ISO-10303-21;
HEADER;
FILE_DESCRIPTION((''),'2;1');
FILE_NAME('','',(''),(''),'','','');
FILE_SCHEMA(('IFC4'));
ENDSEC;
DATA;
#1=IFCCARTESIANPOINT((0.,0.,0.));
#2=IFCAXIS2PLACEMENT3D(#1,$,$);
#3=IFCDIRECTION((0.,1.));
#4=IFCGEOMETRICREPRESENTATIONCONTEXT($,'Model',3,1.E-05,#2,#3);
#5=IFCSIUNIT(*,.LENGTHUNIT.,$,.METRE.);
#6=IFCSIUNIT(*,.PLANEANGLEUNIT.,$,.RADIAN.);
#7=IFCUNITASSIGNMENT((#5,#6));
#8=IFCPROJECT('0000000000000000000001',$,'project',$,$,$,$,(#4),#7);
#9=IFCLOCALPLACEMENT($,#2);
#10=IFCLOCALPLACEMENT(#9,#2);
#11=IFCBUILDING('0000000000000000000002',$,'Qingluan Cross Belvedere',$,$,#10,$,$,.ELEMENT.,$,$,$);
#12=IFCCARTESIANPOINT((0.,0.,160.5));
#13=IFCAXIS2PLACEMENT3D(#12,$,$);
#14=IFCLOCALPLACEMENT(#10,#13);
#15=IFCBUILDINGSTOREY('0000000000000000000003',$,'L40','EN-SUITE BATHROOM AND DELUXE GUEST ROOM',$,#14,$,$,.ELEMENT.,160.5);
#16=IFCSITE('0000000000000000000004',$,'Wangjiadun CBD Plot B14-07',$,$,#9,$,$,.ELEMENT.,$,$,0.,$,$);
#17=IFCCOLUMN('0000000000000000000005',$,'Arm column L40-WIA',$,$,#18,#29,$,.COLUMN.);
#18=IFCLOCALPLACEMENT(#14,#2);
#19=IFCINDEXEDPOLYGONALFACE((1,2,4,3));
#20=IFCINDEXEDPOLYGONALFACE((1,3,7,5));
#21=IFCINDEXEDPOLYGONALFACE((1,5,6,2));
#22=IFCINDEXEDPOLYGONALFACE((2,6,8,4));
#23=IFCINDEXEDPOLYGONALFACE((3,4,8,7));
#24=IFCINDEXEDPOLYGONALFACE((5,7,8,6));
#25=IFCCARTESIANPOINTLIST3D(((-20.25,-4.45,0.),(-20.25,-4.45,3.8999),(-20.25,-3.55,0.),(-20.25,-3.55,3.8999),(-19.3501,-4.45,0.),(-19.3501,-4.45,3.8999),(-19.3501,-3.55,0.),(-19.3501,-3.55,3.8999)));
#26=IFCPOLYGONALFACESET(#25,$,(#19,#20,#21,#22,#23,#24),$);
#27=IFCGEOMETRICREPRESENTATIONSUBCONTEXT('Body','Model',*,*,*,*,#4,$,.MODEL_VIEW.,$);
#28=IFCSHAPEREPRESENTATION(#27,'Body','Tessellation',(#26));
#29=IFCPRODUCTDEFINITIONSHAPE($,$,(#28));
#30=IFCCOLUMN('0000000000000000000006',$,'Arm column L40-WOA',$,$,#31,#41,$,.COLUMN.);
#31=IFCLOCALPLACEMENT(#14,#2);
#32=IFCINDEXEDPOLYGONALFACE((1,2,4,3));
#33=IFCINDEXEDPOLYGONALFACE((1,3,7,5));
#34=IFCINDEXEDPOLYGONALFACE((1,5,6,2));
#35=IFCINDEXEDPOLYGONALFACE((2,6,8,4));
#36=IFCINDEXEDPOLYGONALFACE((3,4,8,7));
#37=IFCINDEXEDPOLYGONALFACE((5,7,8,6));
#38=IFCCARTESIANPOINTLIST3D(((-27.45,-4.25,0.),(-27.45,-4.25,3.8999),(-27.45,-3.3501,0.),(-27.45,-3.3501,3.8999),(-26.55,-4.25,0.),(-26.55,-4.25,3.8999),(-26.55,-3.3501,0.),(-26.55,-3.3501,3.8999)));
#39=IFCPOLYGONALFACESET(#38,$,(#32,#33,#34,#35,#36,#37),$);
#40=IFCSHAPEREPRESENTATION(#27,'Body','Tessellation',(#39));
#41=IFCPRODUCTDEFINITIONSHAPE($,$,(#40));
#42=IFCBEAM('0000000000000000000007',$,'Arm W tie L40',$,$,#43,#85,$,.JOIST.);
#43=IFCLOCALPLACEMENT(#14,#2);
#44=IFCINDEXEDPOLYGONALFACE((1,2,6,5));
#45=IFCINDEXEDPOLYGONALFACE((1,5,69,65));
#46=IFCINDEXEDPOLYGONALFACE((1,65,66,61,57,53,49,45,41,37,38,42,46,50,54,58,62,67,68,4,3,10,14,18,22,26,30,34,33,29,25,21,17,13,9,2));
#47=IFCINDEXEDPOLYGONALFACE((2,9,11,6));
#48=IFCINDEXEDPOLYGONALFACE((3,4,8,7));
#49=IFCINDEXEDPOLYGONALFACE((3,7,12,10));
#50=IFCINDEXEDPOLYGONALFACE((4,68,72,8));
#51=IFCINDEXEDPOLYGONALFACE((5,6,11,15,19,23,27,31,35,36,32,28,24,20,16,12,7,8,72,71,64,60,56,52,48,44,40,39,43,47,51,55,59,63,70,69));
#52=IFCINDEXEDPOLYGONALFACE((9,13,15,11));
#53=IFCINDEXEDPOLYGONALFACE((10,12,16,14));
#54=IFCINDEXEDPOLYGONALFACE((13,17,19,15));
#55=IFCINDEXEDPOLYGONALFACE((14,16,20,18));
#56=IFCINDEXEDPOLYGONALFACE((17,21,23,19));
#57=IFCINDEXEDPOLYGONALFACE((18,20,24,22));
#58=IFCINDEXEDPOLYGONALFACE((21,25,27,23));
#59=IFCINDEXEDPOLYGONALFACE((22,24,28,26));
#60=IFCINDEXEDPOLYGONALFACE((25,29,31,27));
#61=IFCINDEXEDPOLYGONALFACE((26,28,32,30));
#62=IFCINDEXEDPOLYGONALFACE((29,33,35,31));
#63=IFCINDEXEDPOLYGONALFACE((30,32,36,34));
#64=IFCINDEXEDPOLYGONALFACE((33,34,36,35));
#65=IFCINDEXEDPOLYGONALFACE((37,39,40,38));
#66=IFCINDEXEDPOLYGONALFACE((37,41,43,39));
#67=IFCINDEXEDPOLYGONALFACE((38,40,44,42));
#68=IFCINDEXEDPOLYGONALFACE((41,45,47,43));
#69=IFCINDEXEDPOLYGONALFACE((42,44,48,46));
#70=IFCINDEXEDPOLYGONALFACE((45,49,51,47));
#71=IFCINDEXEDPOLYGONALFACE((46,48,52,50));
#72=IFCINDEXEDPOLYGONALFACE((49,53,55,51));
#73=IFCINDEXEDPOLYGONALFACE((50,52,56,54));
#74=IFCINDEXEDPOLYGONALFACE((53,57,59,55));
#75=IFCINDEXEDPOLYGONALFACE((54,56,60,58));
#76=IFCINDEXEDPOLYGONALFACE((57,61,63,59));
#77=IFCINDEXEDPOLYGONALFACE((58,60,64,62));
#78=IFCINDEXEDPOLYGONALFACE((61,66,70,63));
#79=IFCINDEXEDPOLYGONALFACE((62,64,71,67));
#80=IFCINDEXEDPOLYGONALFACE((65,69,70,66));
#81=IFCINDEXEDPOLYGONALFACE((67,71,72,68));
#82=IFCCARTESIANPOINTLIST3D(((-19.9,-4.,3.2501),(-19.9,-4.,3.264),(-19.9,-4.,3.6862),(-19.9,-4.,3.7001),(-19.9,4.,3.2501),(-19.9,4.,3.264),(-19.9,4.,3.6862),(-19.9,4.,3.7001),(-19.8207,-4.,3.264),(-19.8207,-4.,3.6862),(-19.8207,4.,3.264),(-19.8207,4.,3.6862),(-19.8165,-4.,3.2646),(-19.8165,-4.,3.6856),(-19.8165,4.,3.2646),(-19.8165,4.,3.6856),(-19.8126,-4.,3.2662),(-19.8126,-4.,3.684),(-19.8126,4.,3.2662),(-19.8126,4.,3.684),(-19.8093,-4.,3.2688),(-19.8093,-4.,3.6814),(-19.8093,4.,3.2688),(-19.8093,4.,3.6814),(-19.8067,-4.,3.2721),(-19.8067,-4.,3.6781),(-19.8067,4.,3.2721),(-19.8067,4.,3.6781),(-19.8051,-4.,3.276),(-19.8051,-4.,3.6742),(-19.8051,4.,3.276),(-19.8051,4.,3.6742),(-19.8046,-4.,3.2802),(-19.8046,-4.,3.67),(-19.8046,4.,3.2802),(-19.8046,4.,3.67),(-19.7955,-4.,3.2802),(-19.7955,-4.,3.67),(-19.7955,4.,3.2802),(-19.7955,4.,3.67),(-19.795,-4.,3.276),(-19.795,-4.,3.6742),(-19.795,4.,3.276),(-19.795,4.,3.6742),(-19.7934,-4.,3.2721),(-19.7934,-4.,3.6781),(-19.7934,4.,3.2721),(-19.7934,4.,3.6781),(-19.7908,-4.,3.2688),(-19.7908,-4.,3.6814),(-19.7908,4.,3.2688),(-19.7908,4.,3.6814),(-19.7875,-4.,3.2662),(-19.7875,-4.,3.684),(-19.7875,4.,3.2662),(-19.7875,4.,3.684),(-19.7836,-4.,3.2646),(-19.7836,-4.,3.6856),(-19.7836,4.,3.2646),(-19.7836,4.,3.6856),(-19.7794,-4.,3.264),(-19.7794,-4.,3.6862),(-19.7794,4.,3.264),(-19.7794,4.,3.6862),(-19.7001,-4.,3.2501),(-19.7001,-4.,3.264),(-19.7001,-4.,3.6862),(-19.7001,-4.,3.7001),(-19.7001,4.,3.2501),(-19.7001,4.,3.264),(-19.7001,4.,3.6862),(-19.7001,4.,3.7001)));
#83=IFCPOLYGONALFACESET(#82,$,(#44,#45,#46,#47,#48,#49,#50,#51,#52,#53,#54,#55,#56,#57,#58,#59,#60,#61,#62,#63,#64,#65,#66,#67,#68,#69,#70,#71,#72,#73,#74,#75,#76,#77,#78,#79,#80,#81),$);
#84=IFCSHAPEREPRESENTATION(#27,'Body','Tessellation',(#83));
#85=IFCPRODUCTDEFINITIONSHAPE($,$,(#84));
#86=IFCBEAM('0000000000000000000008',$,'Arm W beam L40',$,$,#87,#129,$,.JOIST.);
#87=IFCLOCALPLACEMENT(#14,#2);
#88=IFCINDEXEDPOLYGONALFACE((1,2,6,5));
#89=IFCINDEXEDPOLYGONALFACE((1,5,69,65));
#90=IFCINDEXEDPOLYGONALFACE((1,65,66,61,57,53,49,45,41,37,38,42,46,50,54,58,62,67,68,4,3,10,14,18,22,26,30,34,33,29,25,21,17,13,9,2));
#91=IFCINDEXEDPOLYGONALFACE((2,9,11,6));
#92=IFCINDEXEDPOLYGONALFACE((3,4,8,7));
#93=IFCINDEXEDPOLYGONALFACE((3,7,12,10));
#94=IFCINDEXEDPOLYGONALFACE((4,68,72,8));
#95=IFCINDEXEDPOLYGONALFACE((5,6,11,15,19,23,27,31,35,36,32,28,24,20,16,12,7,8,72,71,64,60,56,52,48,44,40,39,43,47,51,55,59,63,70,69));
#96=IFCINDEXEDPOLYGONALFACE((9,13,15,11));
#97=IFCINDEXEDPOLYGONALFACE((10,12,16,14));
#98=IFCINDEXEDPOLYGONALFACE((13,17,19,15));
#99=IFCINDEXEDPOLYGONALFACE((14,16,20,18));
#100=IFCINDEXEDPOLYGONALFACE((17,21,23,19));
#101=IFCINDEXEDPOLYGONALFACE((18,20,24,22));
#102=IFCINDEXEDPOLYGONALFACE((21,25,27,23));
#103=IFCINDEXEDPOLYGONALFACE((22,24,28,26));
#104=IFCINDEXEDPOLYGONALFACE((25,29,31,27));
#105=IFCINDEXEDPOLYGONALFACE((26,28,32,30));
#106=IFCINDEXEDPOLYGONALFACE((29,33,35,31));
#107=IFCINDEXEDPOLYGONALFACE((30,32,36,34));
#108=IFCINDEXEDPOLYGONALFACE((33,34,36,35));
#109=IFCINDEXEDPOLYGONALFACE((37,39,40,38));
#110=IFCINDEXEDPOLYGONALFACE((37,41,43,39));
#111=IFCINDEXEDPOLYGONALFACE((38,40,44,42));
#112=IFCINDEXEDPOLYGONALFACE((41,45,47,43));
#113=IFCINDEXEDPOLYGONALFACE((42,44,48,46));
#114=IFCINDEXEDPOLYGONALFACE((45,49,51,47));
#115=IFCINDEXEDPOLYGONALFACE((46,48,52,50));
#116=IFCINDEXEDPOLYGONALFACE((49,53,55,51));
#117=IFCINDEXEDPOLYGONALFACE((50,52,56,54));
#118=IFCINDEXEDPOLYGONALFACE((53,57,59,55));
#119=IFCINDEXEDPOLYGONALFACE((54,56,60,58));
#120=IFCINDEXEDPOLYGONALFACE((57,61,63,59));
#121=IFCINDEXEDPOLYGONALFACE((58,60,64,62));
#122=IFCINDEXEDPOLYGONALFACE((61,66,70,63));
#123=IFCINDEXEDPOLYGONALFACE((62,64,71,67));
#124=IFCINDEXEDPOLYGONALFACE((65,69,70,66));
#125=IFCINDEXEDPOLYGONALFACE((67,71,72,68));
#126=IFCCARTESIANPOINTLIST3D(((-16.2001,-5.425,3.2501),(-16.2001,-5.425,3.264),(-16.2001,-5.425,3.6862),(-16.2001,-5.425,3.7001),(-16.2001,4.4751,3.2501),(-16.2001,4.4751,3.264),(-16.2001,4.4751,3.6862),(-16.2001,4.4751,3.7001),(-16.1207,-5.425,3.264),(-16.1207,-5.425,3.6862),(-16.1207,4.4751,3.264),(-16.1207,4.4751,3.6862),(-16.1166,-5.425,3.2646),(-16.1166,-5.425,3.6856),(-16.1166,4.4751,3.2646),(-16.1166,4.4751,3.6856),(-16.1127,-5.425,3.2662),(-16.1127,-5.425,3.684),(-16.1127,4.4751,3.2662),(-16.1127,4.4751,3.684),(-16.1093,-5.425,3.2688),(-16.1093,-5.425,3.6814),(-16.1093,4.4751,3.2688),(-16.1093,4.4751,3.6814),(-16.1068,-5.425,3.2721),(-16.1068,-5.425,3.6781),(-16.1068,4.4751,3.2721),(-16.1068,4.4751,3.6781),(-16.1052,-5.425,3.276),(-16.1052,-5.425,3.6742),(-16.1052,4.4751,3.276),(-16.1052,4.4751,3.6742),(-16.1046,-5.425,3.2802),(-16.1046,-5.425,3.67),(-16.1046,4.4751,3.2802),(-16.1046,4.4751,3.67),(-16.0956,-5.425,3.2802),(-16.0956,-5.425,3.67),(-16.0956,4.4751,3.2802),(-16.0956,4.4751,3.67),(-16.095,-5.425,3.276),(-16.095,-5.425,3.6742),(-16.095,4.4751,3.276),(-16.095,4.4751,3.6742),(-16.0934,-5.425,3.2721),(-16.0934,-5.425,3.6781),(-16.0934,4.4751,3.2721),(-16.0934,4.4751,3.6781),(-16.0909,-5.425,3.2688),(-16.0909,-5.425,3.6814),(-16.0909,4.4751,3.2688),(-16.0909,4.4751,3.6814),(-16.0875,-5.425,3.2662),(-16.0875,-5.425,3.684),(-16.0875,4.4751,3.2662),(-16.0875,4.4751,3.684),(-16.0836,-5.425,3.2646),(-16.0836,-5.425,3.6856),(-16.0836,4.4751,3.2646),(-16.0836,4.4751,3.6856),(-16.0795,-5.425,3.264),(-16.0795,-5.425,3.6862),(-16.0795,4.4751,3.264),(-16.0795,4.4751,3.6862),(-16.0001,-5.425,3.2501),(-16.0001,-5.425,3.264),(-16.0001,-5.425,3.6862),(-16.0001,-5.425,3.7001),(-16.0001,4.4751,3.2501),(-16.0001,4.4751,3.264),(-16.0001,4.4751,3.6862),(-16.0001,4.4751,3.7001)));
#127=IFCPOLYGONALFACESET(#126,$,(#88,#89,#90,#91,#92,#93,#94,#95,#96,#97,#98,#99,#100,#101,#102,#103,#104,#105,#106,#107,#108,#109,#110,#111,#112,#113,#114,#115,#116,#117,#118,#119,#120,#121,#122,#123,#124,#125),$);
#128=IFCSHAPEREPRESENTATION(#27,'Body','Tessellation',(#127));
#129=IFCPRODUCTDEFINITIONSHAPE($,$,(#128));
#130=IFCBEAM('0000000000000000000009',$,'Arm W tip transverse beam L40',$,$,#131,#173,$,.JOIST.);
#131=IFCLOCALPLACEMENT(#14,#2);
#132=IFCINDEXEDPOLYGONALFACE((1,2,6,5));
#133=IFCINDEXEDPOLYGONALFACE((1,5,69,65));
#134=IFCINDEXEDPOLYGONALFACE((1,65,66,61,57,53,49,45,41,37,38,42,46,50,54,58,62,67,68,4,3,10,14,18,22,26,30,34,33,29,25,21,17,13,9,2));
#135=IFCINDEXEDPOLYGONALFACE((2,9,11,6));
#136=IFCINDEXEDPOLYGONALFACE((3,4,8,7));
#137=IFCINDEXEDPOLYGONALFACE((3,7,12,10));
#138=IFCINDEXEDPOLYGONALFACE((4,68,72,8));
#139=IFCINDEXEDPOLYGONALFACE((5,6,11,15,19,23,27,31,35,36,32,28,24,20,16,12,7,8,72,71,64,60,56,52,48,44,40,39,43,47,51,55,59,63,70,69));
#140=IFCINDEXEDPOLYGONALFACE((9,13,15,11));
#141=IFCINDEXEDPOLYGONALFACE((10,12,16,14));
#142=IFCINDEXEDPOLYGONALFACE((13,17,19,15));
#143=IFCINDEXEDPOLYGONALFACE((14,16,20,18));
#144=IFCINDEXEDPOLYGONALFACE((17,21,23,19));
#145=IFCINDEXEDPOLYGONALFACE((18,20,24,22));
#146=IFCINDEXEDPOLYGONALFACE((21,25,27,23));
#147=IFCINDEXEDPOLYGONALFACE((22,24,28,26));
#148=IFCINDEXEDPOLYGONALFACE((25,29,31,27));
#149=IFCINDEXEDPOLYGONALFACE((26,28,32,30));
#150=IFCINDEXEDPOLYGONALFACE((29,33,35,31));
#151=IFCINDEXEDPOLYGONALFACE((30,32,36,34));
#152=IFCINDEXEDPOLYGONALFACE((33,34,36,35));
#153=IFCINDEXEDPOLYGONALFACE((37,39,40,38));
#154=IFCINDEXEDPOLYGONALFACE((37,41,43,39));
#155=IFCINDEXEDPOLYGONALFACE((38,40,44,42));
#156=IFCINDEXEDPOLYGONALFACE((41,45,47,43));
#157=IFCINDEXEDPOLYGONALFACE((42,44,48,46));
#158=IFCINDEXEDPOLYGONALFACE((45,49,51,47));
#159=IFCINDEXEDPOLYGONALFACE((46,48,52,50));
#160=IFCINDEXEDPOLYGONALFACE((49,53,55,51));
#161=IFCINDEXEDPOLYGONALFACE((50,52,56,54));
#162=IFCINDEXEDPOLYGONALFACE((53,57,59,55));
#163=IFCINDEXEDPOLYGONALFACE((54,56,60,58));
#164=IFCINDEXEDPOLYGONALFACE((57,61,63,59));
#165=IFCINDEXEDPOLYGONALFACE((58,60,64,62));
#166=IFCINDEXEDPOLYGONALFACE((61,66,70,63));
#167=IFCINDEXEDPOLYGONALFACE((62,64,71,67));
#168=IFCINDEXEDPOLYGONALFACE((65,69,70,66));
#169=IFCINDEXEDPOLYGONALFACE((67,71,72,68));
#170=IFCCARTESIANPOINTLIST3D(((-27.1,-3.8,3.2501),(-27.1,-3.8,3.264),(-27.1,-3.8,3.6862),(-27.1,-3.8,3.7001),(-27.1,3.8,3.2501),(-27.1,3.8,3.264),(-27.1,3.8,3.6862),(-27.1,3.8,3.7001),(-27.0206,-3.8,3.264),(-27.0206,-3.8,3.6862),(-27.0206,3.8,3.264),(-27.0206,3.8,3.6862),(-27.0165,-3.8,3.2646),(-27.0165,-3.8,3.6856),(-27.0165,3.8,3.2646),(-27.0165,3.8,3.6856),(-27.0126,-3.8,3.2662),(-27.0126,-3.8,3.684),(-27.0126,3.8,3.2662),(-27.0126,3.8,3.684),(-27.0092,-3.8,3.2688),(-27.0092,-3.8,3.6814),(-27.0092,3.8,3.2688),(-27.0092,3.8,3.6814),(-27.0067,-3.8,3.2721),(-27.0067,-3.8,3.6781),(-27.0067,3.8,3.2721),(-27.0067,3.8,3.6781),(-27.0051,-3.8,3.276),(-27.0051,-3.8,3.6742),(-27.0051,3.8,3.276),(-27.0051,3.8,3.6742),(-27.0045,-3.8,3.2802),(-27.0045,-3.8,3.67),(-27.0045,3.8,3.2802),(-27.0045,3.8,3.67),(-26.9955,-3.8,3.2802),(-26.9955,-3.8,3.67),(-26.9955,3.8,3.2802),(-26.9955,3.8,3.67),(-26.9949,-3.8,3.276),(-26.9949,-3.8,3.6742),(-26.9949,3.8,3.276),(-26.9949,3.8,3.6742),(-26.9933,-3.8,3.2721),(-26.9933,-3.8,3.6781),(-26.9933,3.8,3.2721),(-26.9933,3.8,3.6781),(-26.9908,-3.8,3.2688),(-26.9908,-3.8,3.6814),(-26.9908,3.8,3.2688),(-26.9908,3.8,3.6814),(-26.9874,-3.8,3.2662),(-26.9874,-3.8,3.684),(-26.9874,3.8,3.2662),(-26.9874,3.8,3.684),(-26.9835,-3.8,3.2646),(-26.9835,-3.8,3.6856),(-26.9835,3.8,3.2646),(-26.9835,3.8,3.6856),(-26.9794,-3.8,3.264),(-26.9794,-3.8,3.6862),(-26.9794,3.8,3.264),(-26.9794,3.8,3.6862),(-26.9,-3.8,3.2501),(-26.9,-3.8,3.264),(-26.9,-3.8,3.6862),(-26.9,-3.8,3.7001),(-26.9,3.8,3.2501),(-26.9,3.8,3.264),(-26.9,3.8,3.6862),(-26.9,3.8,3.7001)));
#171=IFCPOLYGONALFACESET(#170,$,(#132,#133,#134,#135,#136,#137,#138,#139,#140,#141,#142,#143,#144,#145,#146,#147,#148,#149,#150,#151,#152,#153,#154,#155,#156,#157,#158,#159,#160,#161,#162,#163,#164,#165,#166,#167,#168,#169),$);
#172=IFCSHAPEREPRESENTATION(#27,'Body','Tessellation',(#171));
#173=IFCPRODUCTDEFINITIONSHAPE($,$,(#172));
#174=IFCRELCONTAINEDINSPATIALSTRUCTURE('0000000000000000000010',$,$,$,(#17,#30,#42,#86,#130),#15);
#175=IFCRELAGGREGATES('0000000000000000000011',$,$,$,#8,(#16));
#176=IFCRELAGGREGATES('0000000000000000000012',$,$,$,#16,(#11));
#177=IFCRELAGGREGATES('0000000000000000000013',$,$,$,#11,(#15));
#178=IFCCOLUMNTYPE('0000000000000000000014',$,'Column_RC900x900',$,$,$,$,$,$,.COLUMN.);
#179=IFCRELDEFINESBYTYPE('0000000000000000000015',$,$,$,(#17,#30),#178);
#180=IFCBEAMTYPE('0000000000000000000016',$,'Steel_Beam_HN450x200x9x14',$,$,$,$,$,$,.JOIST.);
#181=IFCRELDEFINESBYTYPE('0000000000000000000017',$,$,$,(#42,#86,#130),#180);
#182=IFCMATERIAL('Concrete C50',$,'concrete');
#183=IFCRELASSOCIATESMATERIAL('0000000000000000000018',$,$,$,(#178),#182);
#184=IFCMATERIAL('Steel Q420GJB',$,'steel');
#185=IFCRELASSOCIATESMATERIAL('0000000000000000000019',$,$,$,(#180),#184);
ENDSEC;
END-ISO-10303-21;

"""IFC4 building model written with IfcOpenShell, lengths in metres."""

from ifc_helpers import new_model, si_unit, direction, frame, origin, origin_2d, place, context, subcontext, project, spatial, rectangle, i_section, extrude, material, material_profile, profile_set, type_object, element, save


model = new_model("IFC4")

# Units and contexts
model_context = context("Model", 3, precision=1e-05, world=origin(), true_north=direction((0.0, 1.0)))
body_context = subcontext(model_context, "Body", "Model", "MODEL_VIEW")
ifc_project = project(units=[si_unit("LENGTHUNIT", "METRE"), si_unit("PLANEANGLEUNIT", "RADIAN")], contexts=[model_context])

# Site, building, storey
site_placement = place(None, origin())
site = spatial("IfcSite", under=ifc_project, at=site_placement, Name="Wangjiadun CBD Plot B14-07", CompositionType="ELEMENT", RefElevation=0.0)
building_placement = place(site_placement, origin())
building = spatial("IfcBuilding", under=site, at=building_placement, Name="Qingluan Cross Belvedere", CompositionType="ELEMENT")
storey_placement = place(building_placement, frame((0.0, 0.0, 160.5)))
storey = spatial("IfcBuildingStorey", under=building, at=storey_placement, Name="L40", Description="EN-SUITE BATHROOM AND DELUXE GUEST ROOM", CompositionType="ELEMENT", Elevation=160.5)

# Columns
ifc_material_1 = material(Name="Concrete C50", Category="concrete")
ifc_material_profile_1 = material_profile(ifc_material_1, rectangle(XDim=0.8999, YDim=0.8999, at=origin_2d()), Name="RC900x900")
ifc_profile_set_1 = profile_set([ifc_material_profile_1], Name="Concrete C50")
column_type = type_object("IfcColumnType", Name="Column_RC900x900", PredefinedType="COLUMN", material=ifc_profile_set_1)
for number, where, z_axis, x_axis, name in (
    (1, (-19.8, -4.0, 0.0), (0.0, 0.0, 1.0), (1.0, 0.0, 0.0), "Arm column L40-WIA"),
    (2, (-27.0, -3.8, 0.0), (0.0, 0.0, 1.0), (1.0, 0.0, 0.0), "Arm column L40-WOA"),
):
    element("IfcColumn", number, at=place(storey_placement, frame(where, z_axis=z_axis, x_axis=x_axis)), inside=storey, type_object=column_type, Name=name, PredefinedType="COLUMN", context=body_context, shape_type="SweptSolid", body=[
        extrude(rectangle(XDim=0.8999, YDim=0.8999, at=origin_2d()), origin(), (0.0, 0.0, 1.0), 3.8999),
    ])

# Beams
ifc_material_2 = material(Name="Steel Q420GJB", Category="steel")
ifc_material_profile_2 = material_profile(ifc_material_2, i_section(OverallWidth=0.2, OverallDepth=0.45, WebThickness=0.009, FlangeThickness=0.0139, FilletRadius=0.0161, at=origin_2d()), Name="HN450x200x9x14")
ifc_profile_set_2 = profile_set([ifc_material_profile_2], Name="Steel Q420GJB")
beam_type_1 = type_object("IfcBeamType", Name="Steel_Beam_HN450x200x9x14", PredefinedType="JOIST", material=ifc_profile_set_2)
beam_1_placement = place(storey_placement, frame((-19.8, -4.0, 3.4751), z_axis=(0.0, 1.0, 0.0), x_axis=(-1.0, 0.0, 0.0)))
element("IfcBeam", 3, at=beam_1_placement, inside=storey, type_object=beam_type_1, Name="Arm W tie L40", PredefinedType="JOIST", context=body_context, shape_type="SweptSolid", body=[
    extrude(i_section(OverallWidth=0.2, OverallDepth=0.45, WebThickness=0.009, FlangeThickness=0.0139, FilletRadius=0.0161, at=origin_2d()), origin(), (0.0, 0.0, 1.0), 8.0),
])
beam_2_placement = place(storey_placement, frame((-16.1001, -5.425, 3.4751), z_axis=(0.0, 1.0, 0.0), x_axis=(-1.0, 0.0, 0.0)))
element("IfcBeam", 4, at=beam_2_placement, inside=storey, type_object=beam_type_1, Name="Arm W beam L40", PredefinedType="JOIST", context=body_context, shape_type="SweptSolid", body=[
    extrude(i_section(OverallWidth=0.2, OverallDepth=0.45, WebThickness=0.009, FlangeThickness=0.0139, FilletRadius=0.0161, at=origin_2d()), origin(), (0.0, 0.0, 1.0), 9.9001),
])
beam_3_placement = place(storey_placement, frame((-27.0, -3.8, 3.4751), z_axis=(0.0, 1.0, 0.0), x_axis=(-1.0, 0.0, 0.0)))
element("IfcBeam", 5, at=beam_3_placement, inside=storey, type_object=beam_type_1, Name="Arm W tip transverse beam L40", PredefinedType="JOIST", context=body_context, shape_type="SweptSolid", body=[
    extrude(i_section(OverallWidth=0.2, OverallDepth=0.45, WebThickness=0.009, FlangeThickness=0.0139, FilletRadius=0.0161, at=origin_2d()), origin(), (0.0, 0.0, 1.0), 7.6001),
])

save(model, "model.ifc")
